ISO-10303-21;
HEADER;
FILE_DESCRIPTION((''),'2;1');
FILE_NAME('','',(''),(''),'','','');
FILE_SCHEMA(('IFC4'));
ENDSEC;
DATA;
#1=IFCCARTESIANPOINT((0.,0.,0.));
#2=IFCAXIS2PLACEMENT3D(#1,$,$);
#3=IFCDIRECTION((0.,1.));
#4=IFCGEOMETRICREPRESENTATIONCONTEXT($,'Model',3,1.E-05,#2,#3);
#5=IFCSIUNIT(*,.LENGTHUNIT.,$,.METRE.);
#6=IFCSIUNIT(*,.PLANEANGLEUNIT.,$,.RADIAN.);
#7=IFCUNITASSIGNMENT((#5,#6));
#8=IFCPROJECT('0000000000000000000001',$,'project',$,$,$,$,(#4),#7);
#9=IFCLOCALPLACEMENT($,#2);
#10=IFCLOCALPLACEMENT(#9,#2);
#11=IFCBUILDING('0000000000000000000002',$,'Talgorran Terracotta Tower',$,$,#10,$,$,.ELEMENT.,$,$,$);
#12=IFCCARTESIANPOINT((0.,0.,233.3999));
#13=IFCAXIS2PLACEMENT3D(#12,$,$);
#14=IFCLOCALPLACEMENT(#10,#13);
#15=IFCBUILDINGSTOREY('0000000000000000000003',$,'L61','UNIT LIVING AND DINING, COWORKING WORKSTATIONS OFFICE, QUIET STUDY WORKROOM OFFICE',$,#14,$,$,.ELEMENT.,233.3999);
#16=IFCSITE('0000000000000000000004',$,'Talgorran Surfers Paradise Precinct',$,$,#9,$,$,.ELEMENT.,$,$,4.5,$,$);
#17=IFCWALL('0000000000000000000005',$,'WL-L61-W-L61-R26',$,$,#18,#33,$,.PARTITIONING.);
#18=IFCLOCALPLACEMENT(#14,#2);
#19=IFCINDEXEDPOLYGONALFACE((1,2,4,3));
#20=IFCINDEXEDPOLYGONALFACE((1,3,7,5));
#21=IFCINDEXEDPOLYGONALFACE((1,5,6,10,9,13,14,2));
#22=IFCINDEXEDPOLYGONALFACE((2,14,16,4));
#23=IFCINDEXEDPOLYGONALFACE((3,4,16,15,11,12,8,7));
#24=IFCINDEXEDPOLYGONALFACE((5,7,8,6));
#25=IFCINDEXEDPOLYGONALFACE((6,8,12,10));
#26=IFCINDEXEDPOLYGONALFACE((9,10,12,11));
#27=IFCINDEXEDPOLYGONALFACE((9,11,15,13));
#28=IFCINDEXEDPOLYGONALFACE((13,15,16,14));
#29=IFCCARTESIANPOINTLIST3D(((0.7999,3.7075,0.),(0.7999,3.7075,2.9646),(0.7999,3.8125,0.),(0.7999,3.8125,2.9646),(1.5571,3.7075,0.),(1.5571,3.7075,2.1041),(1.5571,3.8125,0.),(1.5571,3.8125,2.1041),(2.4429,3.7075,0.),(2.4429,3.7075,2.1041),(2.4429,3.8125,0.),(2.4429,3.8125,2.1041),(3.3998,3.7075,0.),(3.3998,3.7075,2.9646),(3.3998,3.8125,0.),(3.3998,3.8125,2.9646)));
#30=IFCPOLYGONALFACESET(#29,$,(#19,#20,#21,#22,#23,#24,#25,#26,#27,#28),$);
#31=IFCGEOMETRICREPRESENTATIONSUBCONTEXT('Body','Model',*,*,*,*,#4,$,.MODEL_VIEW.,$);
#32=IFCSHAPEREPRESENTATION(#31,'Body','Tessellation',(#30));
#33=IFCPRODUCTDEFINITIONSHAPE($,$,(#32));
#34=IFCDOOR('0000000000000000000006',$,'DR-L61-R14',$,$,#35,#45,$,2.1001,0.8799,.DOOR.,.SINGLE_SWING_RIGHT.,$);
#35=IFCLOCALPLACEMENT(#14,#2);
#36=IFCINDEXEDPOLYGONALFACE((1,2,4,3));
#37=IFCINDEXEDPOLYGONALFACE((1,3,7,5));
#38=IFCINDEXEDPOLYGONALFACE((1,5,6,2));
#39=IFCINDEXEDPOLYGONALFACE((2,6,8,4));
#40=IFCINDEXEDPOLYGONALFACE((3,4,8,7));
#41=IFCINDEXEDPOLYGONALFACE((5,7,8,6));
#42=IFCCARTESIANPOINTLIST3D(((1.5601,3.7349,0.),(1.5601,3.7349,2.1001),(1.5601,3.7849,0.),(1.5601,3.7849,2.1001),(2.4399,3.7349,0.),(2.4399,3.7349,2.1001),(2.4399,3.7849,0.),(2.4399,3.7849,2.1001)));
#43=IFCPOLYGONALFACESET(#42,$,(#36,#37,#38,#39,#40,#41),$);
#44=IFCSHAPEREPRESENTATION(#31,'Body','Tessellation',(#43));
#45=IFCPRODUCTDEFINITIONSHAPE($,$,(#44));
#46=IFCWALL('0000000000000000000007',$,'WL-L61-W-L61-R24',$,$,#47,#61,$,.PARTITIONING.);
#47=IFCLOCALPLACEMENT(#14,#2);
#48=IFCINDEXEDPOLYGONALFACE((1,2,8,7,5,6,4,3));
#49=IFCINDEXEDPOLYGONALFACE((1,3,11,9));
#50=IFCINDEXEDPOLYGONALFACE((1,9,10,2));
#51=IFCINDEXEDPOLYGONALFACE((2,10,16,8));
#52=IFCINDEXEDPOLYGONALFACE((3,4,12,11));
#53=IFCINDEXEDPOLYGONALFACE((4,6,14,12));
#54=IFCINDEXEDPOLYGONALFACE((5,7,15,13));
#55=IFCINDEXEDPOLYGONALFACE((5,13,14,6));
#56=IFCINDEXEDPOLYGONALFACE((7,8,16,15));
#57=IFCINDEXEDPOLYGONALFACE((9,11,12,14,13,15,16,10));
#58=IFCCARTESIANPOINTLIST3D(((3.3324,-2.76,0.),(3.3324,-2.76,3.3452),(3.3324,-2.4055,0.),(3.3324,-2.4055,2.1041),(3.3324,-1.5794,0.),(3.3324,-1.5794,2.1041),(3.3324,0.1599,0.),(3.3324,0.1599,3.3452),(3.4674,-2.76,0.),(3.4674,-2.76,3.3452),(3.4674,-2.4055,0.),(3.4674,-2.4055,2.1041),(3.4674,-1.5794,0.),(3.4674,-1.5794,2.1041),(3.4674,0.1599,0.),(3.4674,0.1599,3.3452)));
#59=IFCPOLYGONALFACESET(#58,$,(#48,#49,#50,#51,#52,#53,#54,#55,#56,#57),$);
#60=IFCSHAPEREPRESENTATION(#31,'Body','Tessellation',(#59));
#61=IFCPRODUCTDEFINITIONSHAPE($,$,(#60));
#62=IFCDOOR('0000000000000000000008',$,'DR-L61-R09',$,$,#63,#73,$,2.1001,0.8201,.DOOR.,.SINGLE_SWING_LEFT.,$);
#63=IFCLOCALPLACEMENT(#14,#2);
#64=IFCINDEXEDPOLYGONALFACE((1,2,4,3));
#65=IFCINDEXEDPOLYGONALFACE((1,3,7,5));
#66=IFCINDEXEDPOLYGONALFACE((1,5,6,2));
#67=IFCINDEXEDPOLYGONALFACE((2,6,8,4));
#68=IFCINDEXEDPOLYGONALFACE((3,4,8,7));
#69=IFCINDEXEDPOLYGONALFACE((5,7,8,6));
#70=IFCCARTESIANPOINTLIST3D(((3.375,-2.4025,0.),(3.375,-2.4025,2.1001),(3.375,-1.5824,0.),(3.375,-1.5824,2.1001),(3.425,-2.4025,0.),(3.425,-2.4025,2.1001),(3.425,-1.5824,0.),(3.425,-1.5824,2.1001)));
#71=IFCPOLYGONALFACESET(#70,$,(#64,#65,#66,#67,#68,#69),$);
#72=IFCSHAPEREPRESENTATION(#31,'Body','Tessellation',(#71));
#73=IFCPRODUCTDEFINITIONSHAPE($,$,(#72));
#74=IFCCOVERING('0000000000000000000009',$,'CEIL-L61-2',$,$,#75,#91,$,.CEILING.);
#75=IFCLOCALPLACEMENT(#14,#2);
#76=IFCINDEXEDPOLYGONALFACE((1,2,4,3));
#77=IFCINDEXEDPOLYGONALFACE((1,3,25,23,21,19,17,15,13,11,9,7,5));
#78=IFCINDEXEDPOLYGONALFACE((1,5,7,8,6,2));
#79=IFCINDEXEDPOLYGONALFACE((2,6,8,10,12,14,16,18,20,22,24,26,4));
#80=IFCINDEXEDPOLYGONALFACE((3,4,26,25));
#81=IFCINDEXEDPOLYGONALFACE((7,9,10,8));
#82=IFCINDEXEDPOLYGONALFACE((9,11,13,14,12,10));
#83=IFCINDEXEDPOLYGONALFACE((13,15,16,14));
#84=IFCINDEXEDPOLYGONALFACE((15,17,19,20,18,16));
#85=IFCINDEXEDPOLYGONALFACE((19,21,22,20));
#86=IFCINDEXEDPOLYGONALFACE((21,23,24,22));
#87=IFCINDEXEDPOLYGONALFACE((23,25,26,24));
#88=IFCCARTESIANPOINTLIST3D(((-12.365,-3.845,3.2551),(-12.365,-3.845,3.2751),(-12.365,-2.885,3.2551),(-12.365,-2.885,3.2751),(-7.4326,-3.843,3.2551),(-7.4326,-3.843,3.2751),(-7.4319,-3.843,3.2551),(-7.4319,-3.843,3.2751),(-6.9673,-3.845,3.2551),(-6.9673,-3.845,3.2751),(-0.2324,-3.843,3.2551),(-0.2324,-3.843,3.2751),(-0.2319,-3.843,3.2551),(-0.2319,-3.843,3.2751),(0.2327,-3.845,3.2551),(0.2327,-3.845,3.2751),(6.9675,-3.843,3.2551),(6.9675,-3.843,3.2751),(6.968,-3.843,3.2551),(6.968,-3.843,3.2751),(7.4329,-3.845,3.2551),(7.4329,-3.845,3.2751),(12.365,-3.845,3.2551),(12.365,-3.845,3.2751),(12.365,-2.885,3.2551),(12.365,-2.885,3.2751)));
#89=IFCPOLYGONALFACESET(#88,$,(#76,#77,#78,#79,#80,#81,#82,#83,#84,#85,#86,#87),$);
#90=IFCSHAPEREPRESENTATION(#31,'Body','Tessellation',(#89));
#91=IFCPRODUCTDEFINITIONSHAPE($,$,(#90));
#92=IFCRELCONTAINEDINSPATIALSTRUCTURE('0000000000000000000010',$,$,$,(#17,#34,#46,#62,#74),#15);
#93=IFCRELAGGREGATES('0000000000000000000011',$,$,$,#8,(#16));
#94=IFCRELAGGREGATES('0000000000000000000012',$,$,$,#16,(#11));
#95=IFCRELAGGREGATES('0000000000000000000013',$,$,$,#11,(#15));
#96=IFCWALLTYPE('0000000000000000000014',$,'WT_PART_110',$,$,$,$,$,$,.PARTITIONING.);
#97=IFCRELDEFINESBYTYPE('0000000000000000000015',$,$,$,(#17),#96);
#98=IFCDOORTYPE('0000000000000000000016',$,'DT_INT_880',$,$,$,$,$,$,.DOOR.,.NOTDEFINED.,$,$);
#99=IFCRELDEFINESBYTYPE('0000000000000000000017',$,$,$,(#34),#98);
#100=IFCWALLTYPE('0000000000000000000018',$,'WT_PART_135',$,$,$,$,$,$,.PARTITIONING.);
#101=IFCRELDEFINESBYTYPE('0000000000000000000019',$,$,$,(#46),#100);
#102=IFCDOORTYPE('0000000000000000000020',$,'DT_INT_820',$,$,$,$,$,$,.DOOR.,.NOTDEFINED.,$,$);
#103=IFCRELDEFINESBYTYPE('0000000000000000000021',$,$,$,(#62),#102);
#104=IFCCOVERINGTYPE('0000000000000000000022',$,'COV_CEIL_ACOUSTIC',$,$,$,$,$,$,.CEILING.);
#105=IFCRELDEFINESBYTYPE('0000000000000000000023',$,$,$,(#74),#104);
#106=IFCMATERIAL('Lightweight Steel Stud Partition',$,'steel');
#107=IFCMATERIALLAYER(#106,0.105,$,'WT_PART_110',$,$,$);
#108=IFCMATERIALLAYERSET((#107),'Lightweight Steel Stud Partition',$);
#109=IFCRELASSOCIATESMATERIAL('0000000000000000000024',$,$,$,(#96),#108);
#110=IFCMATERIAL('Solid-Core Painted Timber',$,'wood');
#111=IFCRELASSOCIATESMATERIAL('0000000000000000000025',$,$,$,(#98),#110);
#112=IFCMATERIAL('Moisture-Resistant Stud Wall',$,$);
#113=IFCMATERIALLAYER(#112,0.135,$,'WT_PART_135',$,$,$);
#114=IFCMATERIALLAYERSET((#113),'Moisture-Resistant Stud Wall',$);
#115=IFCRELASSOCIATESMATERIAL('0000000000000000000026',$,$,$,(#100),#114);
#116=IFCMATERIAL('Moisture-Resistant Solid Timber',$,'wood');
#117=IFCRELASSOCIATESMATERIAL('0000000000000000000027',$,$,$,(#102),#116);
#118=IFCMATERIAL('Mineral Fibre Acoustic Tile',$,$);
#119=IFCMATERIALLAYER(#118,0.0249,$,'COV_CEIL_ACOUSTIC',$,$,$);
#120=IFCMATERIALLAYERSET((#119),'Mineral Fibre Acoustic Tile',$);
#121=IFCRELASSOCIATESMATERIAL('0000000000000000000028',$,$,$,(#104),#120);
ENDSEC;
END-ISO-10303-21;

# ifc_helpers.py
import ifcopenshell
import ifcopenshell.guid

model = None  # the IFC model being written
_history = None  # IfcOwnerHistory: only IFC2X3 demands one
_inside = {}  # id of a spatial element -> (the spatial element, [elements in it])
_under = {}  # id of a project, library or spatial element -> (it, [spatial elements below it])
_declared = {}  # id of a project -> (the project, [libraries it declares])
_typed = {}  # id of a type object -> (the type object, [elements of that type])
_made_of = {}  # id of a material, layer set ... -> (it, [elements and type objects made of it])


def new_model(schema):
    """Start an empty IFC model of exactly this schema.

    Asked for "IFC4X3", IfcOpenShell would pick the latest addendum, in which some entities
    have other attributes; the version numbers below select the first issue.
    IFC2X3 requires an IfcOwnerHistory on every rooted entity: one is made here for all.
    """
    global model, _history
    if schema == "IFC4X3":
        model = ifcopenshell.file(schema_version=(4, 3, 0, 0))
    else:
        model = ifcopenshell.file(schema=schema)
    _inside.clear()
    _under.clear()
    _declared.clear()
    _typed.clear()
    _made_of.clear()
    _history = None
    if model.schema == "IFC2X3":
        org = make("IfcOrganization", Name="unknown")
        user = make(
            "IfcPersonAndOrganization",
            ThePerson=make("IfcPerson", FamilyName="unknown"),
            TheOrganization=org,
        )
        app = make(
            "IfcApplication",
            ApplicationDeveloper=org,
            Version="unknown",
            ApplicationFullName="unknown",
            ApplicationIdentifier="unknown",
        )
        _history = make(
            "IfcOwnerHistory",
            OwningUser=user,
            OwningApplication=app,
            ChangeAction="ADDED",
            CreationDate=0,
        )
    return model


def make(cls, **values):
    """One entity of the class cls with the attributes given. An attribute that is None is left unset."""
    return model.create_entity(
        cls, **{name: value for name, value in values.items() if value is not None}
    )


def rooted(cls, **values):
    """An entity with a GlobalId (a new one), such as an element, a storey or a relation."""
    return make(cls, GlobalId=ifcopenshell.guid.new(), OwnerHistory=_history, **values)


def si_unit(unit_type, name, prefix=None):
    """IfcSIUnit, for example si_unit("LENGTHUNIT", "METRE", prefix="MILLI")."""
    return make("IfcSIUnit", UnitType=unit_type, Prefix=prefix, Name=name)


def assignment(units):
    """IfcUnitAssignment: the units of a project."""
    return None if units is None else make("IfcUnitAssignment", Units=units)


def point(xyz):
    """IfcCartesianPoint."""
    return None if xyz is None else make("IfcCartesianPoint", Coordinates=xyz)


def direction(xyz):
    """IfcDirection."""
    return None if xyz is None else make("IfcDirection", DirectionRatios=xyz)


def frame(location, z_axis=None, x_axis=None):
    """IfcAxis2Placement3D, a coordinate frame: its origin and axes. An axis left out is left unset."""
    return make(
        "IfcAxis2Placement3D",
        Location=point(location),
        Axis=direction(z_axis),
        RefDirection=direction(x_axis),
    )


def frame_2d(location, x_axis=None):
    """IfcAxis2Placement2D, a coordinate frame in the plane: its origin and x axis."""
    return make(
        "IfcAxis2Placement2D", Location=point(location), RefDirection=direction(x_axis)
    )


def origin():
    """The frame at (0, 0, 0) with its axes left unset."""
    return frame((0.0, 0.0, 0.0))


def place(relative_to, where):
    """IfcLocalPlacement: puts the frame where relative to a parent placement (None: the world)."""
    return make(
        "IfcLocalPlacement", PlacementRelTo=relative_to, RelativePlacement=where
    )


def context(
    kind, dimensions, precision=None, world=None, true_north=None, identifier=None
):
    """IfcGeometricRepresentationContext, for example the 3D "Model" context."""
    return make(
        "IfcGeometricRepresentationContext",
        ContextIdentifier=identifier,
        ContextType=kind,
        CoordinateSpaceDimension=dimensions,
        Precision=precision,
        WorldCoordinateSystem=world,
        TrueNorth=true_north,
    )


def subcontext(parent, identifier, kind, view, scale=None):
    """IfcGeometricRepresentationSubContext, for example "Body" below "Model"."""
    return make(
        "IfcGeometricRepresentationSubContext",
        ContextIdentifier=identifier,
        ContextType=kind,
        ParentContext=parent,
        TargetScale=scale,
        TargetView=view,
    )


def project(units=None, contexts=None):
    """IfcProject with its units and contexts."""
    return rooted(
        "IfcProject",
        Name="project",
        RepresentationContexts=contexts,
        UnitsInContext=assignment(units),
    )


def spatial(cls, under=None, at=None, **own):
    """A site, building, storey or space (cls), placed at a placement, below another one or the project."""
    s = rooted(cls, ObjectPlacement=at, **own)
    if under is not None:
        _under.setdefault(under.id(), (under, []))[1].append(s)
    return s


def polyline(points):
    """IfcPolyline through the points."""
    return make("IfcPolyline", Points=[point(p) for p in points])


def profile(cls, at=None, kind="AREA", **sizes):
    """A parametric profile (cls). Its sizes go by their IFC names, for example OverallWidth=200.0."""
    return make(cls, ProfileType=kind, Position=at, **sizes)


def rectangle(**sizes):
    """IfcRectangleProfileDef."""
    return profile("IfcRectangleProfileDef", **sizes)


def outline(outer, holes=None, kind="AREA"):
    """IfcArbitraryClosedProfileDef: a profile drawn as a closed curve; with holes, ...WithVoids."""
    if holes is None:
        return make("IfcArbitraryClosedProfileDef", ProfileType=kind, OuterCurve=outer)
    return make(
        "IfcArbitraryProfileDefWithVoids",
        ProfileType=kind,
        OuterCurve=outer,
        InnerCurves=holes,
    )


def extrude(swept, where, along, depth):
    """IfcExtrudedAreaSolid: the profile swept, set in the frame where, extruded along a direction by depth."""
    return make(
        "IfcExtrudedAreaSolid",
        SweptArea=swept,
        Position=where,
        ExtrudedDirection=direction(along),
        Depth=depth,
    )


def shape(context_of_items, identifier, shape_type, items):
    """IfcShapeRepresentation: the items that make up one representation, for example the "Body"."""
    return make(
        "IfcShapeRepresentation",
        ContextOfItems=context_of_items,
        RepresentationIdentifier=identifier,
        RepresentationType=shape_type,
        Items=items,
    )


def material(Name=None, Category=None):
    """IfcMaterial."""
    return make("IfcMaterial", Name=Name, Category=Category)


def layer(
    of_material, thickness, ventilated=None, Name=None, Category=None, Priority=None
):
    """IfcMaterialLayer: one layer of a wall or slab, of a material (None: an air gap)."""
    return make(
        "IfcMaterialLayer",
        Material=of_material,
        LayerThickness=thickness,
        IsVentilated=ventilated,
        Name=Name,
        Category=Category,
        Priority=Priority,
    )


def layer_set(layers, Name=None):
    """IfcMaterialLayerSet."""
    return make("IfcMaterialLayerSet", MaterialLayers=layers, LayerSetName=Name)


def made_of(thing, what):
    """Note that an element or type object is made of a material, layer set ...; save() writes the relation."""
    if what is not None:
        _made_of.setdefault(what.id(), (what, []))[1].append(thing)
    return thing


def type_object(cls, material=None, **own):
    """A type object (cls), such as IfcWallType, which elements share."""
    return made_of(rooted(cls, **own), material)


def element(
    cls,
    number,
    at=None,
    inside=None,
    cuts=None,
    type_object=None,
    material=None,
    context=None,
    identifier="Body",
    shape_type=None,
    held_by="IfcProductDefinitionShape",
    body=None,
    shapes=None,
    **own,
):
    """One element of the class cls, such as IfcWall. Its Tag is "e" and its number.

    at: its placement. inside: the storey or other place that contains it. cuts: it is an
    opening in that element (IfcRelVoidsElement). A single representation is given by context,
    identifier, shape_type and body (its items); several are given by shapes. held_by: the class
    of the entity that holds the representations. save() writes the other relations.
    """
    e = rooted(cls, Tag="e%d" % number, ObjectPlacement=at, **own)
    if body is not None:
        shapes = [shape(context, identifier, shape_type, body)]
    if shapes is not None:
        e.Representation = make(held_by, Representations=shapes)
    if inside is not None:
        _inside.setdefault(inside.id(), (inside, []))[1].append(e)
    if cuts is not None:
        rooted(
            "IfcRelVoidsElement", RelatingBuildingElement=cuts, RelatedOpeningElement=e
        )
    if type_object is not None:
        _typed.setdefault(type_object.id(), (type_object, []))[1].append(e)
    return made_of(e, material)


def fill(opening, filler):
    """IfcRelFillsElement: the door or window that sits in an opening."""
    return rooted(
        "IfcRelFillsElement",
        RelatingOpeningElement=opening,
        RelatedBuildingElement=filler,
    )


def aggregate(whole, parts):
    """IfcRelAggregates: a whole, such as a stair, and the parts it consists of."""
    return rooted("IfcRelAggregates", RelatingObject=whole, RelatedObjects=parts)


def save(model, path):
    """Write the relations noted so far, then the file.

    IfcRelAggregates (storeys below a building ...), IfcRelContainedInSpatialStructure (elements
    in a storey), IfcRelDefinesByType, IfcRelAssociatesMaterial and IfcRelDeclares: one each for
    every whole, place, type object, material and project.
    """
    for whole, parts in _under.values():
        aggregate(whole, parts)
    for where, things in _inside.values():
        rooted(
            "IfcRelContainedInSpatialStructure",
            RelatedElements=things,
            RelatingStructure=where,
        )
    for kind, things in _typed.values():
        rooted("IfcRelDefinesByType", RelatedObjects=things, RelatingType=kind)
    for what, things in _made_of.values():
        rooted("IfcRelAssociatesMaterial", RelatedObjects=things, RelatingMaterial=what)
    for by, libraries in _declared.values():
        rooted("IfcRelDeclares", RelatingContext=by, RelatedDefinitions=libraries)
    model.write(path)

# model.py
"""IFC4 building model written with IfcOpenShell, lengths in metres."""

from ifc_helpers import new_model, si_unit, direction, frame, frame_2d, origin, place, context, subcontext, project, spatial, polyline, rectangle, outline, extrude, material, layer, layer_set, type_object, element, fill, save


model = new_model("IFC4")

# Units and contexts
model_context = context("Model", 3, precision=1e-05, world=origin(), true_north=direction((0.0, 1.0)))
body_context = subcontext(model_context, "Body", "Model", "MODEL_VIEW")
ifc_project = project(units=[si_unit("LENGTHUNIT", "METRE"), si_unit("PLANEANGLEUNIT", "RADIAN")], contexts=[model_context])

# Site, building, storey
site_placement = place(None, origin())
site = spatial("IfcSite", under=ifc_project, at=site_placement, Name="Talgorran Surfers Paradise Precinct", CompositionType="ELEMENT", RefElevation=4.5)
building_placement = place(site_placement, origin())
building = spatial("IfcBuilding", under=site, at=building_placement, Name="Talgorran Terracotta Tower", CompositionType="ELEMENT")
storey_placement = place(building_placement, frame((0.0, 0.0, 233.3999)))
storey = spatial("IfcBuildingStorey", under=building, at=storey_placement, Name="L61", Description="UNIT LIVING AND DINING, COWORKING WORKSTATIONS OFFICE, QUIET STUDY WORKROOM OFFICE", CompositionType="ELEMENT", Elevation=233.3999)

# Shared definitions
ifc_material_1 = material(Name="Lightweight Steel Stud Partition", Category="steel")
ifc_layer_1 = layer(ifc_material_1, 0.105, Name="WT_PART_110")
ifc_layer_set_1 = layer_set([ifc_layer_1], Name="Lightweight Steel Stud Partition")
wall_type_1 = type_object("IfcWallType", Name="WT_PART_110", PredefinedType="PARTITIONING", material=ifc_layer_set_1)
ifc_material_2 = material(Name="Solid-Core Painted Timber", Category="wood")
door_type_1 = type_object("IfcDoorType", Name="DT_INT_880", OperationType="NOTDEFINED", PredefinedType="DOOR", material=ifc_material_2)

# Walls, openings, doors
wall_1_placement = place(storey_placement, frame((0.8, 3.76, 0.0), z_axis=(0.0, 0.0, 1.0), x_axis=(1.0, 0.0, 0.0)))
wall_1 = element("IfcWall", 1, at=wall_1_placement, inside=storey, type_object=wall_type_1, Name="WL-L61-W-L61-R26", PredefinedType="PARTITIONING", context=body_context, shape_type="SweptSolid", body=[
    extrude(rectangle(XDim=2.5999, YDim=0.105, at=frame_2d((1.2998, 0.0))), origin(), (0.0, 0.0, 1.0), 2.9646),
])
opening_1_placement = place(wall_1_placement, frame((0.76, 0.0, 0.0)))
opening_1 = element("IfcOpeningElement", 2, at=opening_1_placement, cuts=wall_1, PredefinedType="OPENING", context=body_context, shape_type="SweptSolid", body=[
    extrude(rectangle(XDim=0.8859, YDim=2.1041, at=frame_2d((0.4399, 1.052))), frame((0.0, 0.0625, 0.0), z_axis=(0.0, -1.0, 0.0), x_axis=(1.0, 0.0, 0.0)), (0.0, 0.0, 1.0), 0.125),
])
door_1_placement = place(opening_1_placement, origin())
door_1 = element("IfcDoor", 3, at=door_1_placement, inside=storey, type_object=door_type_1, Name="DR-L61-R14", OperationType="SINGLE_SWING_RIGHT", OverallHeight=2.1001, OverallWidth=0.8799, PredefinedType="DOOR", context=body_context, shape_type="SweptSolid", body=[
    extrude(rectangle(XDim=0.8799, YDim=2.1001, at=frame_2d((0.4399, 1.05))), frame((0.0, 0.0249, 0.0), z_axis=(0.0, -1.0, 0.0), x_axis=(1.0, 0.0, 0.0)), (0.0, 0.0, 1.0), 0.05),
])
fill(opening_1, door_1)
ifc_material_3 = material(Name="Moisture-Resistant Stud Wall")
ifc_layer_2 = layer(ifc_material_3, 0.135, Name="WT_PART_135")
ifc_layer_set_2 = layer_set([ifc_layer_2], Name="Moisture-Resistant Stud Wall")
wall_type_2 = type_object("IfcWallType", Name="WT_PART_135", PredefinedType="PARTITIONING", material=ifc_layer_set_2)
wall_2_placement = place(storey_placement, frame((3.3999, -2.76, 0.0), z_axis=(0.0, 0.0, 1.0), x_axis=(0.0, 1.0, 0.0)))
wall_2 = element("IfcWall", 4, at=wall_2_placement, inside=storey, type_object=wall_type_2, Name="WL-L61-W-L61-R24", PredefinedType="PARTITIONING", context=body_context, shape_type="SweptSolid", body=[
    extrude(rectangle(XDim=2.9199, YDim=0.135, at=frame_2d((1.46, 0.0))), origin(), (0.0, 0.0, 1.0), 3.3452),
])
opening_2_placement = place(wall_2_placement, frame((0.3574, 0.0, 0.0)))
opening_2 = element("IfcOpeningElement", 5, at=opening_2_placement, cuts=wall_2, PredefinedType="OPENING", context=body_context, shape_type="SweptSolid", body=[
    extrude(rectangle(XDim=0.8261, YDim=2.1041, at=frame_2d((0.4102, 1.052))), frame((0.0, 0.0776, 0.0), z_axis=(0.0, -1.0, 0.0), x_axis=(1.0, 0.0, 0.0)), (0.0, 0.0, 1.0), 0.155),
])
ifc_material_4 = material(Name="Moisture-Resistant Solid Timber", Category="wood")
door_type_2 = type_object("IfcDoorType", Name="DT_INT_820", OperationType="NOTDEFINED", PredefinedType="DOOR", material=ifc_material_4)
door_2_placement = place(opening_2_placement, origin())
door_2 = element("IfcDoor", 6, at=door_2_placement, inside=storey, type_object=door_type_2, Name="DR-L61-R09", OperationType="SINGLE_SWING_LEFT", OverallHeight=2.1001, OverallWidth=0.8201, PredefinedType="DOOR", context=body_context, shape_type="SweptSolid", body=[
    extrude(rectangle(XDim=0.8201, YDim=2.1001, at=frame_2d((0.4102, 1.05))), frame((0.0, 0.0249, 0.0), z_axis=(0.0, -1.0, 0.0), x_axis=(1.0, 0.0, 0.0)), (0.0, 0.0, 1.0), 0.05),
])
fill(opening_2, door_2)

# Covering
ifc_material_5 = material(Name="Mineral Fibre Acoustic Tile")
ifc_layer_3 = layer(ifc_material_5, 0.0249, Name="COV_CEIL_ACOUSTIC")
ifc_layer_set_3 = layer_set([ifc_layer_3], Name="Mineral Fibre Acoustic Tile")
covering_type_1 = type_object("IfcCoveringType", Name="COV_CEIL_ACOUSTIC", PredefinedType="CEILING", material=ifc_layer_set_3)
covering_1_placement = place(storey_placement, frame((0.0, 0.0, 3.2551)))
element("IfcCovering", 7, at=covering_1_placement, inside=storey, type_object=covering_type_1, Name="CEIL-L61-2", PredefinedType="CEILING", context=body_context, shape_type="SweptSolid", body=[
    extrude(outline(polyline([(-12.365, -2.885), (12.365, -2.885), (12.365, -3.845), (7.4329, -3.845), (6.968, -3.843), (6.9675, -3.843), (0.2327, -3.845), (-0.2319, -3.843), (-0.2324, -3.843), (-6.9673, -3.845), (-7.4319, -3.843), (-7.4326, -3.843), (-12.365, -3.845), (-12.365, -2.885)])), origin(), (0.0, 0.0, 1.0), 0.02),
])

save(model, "model.ifc")
